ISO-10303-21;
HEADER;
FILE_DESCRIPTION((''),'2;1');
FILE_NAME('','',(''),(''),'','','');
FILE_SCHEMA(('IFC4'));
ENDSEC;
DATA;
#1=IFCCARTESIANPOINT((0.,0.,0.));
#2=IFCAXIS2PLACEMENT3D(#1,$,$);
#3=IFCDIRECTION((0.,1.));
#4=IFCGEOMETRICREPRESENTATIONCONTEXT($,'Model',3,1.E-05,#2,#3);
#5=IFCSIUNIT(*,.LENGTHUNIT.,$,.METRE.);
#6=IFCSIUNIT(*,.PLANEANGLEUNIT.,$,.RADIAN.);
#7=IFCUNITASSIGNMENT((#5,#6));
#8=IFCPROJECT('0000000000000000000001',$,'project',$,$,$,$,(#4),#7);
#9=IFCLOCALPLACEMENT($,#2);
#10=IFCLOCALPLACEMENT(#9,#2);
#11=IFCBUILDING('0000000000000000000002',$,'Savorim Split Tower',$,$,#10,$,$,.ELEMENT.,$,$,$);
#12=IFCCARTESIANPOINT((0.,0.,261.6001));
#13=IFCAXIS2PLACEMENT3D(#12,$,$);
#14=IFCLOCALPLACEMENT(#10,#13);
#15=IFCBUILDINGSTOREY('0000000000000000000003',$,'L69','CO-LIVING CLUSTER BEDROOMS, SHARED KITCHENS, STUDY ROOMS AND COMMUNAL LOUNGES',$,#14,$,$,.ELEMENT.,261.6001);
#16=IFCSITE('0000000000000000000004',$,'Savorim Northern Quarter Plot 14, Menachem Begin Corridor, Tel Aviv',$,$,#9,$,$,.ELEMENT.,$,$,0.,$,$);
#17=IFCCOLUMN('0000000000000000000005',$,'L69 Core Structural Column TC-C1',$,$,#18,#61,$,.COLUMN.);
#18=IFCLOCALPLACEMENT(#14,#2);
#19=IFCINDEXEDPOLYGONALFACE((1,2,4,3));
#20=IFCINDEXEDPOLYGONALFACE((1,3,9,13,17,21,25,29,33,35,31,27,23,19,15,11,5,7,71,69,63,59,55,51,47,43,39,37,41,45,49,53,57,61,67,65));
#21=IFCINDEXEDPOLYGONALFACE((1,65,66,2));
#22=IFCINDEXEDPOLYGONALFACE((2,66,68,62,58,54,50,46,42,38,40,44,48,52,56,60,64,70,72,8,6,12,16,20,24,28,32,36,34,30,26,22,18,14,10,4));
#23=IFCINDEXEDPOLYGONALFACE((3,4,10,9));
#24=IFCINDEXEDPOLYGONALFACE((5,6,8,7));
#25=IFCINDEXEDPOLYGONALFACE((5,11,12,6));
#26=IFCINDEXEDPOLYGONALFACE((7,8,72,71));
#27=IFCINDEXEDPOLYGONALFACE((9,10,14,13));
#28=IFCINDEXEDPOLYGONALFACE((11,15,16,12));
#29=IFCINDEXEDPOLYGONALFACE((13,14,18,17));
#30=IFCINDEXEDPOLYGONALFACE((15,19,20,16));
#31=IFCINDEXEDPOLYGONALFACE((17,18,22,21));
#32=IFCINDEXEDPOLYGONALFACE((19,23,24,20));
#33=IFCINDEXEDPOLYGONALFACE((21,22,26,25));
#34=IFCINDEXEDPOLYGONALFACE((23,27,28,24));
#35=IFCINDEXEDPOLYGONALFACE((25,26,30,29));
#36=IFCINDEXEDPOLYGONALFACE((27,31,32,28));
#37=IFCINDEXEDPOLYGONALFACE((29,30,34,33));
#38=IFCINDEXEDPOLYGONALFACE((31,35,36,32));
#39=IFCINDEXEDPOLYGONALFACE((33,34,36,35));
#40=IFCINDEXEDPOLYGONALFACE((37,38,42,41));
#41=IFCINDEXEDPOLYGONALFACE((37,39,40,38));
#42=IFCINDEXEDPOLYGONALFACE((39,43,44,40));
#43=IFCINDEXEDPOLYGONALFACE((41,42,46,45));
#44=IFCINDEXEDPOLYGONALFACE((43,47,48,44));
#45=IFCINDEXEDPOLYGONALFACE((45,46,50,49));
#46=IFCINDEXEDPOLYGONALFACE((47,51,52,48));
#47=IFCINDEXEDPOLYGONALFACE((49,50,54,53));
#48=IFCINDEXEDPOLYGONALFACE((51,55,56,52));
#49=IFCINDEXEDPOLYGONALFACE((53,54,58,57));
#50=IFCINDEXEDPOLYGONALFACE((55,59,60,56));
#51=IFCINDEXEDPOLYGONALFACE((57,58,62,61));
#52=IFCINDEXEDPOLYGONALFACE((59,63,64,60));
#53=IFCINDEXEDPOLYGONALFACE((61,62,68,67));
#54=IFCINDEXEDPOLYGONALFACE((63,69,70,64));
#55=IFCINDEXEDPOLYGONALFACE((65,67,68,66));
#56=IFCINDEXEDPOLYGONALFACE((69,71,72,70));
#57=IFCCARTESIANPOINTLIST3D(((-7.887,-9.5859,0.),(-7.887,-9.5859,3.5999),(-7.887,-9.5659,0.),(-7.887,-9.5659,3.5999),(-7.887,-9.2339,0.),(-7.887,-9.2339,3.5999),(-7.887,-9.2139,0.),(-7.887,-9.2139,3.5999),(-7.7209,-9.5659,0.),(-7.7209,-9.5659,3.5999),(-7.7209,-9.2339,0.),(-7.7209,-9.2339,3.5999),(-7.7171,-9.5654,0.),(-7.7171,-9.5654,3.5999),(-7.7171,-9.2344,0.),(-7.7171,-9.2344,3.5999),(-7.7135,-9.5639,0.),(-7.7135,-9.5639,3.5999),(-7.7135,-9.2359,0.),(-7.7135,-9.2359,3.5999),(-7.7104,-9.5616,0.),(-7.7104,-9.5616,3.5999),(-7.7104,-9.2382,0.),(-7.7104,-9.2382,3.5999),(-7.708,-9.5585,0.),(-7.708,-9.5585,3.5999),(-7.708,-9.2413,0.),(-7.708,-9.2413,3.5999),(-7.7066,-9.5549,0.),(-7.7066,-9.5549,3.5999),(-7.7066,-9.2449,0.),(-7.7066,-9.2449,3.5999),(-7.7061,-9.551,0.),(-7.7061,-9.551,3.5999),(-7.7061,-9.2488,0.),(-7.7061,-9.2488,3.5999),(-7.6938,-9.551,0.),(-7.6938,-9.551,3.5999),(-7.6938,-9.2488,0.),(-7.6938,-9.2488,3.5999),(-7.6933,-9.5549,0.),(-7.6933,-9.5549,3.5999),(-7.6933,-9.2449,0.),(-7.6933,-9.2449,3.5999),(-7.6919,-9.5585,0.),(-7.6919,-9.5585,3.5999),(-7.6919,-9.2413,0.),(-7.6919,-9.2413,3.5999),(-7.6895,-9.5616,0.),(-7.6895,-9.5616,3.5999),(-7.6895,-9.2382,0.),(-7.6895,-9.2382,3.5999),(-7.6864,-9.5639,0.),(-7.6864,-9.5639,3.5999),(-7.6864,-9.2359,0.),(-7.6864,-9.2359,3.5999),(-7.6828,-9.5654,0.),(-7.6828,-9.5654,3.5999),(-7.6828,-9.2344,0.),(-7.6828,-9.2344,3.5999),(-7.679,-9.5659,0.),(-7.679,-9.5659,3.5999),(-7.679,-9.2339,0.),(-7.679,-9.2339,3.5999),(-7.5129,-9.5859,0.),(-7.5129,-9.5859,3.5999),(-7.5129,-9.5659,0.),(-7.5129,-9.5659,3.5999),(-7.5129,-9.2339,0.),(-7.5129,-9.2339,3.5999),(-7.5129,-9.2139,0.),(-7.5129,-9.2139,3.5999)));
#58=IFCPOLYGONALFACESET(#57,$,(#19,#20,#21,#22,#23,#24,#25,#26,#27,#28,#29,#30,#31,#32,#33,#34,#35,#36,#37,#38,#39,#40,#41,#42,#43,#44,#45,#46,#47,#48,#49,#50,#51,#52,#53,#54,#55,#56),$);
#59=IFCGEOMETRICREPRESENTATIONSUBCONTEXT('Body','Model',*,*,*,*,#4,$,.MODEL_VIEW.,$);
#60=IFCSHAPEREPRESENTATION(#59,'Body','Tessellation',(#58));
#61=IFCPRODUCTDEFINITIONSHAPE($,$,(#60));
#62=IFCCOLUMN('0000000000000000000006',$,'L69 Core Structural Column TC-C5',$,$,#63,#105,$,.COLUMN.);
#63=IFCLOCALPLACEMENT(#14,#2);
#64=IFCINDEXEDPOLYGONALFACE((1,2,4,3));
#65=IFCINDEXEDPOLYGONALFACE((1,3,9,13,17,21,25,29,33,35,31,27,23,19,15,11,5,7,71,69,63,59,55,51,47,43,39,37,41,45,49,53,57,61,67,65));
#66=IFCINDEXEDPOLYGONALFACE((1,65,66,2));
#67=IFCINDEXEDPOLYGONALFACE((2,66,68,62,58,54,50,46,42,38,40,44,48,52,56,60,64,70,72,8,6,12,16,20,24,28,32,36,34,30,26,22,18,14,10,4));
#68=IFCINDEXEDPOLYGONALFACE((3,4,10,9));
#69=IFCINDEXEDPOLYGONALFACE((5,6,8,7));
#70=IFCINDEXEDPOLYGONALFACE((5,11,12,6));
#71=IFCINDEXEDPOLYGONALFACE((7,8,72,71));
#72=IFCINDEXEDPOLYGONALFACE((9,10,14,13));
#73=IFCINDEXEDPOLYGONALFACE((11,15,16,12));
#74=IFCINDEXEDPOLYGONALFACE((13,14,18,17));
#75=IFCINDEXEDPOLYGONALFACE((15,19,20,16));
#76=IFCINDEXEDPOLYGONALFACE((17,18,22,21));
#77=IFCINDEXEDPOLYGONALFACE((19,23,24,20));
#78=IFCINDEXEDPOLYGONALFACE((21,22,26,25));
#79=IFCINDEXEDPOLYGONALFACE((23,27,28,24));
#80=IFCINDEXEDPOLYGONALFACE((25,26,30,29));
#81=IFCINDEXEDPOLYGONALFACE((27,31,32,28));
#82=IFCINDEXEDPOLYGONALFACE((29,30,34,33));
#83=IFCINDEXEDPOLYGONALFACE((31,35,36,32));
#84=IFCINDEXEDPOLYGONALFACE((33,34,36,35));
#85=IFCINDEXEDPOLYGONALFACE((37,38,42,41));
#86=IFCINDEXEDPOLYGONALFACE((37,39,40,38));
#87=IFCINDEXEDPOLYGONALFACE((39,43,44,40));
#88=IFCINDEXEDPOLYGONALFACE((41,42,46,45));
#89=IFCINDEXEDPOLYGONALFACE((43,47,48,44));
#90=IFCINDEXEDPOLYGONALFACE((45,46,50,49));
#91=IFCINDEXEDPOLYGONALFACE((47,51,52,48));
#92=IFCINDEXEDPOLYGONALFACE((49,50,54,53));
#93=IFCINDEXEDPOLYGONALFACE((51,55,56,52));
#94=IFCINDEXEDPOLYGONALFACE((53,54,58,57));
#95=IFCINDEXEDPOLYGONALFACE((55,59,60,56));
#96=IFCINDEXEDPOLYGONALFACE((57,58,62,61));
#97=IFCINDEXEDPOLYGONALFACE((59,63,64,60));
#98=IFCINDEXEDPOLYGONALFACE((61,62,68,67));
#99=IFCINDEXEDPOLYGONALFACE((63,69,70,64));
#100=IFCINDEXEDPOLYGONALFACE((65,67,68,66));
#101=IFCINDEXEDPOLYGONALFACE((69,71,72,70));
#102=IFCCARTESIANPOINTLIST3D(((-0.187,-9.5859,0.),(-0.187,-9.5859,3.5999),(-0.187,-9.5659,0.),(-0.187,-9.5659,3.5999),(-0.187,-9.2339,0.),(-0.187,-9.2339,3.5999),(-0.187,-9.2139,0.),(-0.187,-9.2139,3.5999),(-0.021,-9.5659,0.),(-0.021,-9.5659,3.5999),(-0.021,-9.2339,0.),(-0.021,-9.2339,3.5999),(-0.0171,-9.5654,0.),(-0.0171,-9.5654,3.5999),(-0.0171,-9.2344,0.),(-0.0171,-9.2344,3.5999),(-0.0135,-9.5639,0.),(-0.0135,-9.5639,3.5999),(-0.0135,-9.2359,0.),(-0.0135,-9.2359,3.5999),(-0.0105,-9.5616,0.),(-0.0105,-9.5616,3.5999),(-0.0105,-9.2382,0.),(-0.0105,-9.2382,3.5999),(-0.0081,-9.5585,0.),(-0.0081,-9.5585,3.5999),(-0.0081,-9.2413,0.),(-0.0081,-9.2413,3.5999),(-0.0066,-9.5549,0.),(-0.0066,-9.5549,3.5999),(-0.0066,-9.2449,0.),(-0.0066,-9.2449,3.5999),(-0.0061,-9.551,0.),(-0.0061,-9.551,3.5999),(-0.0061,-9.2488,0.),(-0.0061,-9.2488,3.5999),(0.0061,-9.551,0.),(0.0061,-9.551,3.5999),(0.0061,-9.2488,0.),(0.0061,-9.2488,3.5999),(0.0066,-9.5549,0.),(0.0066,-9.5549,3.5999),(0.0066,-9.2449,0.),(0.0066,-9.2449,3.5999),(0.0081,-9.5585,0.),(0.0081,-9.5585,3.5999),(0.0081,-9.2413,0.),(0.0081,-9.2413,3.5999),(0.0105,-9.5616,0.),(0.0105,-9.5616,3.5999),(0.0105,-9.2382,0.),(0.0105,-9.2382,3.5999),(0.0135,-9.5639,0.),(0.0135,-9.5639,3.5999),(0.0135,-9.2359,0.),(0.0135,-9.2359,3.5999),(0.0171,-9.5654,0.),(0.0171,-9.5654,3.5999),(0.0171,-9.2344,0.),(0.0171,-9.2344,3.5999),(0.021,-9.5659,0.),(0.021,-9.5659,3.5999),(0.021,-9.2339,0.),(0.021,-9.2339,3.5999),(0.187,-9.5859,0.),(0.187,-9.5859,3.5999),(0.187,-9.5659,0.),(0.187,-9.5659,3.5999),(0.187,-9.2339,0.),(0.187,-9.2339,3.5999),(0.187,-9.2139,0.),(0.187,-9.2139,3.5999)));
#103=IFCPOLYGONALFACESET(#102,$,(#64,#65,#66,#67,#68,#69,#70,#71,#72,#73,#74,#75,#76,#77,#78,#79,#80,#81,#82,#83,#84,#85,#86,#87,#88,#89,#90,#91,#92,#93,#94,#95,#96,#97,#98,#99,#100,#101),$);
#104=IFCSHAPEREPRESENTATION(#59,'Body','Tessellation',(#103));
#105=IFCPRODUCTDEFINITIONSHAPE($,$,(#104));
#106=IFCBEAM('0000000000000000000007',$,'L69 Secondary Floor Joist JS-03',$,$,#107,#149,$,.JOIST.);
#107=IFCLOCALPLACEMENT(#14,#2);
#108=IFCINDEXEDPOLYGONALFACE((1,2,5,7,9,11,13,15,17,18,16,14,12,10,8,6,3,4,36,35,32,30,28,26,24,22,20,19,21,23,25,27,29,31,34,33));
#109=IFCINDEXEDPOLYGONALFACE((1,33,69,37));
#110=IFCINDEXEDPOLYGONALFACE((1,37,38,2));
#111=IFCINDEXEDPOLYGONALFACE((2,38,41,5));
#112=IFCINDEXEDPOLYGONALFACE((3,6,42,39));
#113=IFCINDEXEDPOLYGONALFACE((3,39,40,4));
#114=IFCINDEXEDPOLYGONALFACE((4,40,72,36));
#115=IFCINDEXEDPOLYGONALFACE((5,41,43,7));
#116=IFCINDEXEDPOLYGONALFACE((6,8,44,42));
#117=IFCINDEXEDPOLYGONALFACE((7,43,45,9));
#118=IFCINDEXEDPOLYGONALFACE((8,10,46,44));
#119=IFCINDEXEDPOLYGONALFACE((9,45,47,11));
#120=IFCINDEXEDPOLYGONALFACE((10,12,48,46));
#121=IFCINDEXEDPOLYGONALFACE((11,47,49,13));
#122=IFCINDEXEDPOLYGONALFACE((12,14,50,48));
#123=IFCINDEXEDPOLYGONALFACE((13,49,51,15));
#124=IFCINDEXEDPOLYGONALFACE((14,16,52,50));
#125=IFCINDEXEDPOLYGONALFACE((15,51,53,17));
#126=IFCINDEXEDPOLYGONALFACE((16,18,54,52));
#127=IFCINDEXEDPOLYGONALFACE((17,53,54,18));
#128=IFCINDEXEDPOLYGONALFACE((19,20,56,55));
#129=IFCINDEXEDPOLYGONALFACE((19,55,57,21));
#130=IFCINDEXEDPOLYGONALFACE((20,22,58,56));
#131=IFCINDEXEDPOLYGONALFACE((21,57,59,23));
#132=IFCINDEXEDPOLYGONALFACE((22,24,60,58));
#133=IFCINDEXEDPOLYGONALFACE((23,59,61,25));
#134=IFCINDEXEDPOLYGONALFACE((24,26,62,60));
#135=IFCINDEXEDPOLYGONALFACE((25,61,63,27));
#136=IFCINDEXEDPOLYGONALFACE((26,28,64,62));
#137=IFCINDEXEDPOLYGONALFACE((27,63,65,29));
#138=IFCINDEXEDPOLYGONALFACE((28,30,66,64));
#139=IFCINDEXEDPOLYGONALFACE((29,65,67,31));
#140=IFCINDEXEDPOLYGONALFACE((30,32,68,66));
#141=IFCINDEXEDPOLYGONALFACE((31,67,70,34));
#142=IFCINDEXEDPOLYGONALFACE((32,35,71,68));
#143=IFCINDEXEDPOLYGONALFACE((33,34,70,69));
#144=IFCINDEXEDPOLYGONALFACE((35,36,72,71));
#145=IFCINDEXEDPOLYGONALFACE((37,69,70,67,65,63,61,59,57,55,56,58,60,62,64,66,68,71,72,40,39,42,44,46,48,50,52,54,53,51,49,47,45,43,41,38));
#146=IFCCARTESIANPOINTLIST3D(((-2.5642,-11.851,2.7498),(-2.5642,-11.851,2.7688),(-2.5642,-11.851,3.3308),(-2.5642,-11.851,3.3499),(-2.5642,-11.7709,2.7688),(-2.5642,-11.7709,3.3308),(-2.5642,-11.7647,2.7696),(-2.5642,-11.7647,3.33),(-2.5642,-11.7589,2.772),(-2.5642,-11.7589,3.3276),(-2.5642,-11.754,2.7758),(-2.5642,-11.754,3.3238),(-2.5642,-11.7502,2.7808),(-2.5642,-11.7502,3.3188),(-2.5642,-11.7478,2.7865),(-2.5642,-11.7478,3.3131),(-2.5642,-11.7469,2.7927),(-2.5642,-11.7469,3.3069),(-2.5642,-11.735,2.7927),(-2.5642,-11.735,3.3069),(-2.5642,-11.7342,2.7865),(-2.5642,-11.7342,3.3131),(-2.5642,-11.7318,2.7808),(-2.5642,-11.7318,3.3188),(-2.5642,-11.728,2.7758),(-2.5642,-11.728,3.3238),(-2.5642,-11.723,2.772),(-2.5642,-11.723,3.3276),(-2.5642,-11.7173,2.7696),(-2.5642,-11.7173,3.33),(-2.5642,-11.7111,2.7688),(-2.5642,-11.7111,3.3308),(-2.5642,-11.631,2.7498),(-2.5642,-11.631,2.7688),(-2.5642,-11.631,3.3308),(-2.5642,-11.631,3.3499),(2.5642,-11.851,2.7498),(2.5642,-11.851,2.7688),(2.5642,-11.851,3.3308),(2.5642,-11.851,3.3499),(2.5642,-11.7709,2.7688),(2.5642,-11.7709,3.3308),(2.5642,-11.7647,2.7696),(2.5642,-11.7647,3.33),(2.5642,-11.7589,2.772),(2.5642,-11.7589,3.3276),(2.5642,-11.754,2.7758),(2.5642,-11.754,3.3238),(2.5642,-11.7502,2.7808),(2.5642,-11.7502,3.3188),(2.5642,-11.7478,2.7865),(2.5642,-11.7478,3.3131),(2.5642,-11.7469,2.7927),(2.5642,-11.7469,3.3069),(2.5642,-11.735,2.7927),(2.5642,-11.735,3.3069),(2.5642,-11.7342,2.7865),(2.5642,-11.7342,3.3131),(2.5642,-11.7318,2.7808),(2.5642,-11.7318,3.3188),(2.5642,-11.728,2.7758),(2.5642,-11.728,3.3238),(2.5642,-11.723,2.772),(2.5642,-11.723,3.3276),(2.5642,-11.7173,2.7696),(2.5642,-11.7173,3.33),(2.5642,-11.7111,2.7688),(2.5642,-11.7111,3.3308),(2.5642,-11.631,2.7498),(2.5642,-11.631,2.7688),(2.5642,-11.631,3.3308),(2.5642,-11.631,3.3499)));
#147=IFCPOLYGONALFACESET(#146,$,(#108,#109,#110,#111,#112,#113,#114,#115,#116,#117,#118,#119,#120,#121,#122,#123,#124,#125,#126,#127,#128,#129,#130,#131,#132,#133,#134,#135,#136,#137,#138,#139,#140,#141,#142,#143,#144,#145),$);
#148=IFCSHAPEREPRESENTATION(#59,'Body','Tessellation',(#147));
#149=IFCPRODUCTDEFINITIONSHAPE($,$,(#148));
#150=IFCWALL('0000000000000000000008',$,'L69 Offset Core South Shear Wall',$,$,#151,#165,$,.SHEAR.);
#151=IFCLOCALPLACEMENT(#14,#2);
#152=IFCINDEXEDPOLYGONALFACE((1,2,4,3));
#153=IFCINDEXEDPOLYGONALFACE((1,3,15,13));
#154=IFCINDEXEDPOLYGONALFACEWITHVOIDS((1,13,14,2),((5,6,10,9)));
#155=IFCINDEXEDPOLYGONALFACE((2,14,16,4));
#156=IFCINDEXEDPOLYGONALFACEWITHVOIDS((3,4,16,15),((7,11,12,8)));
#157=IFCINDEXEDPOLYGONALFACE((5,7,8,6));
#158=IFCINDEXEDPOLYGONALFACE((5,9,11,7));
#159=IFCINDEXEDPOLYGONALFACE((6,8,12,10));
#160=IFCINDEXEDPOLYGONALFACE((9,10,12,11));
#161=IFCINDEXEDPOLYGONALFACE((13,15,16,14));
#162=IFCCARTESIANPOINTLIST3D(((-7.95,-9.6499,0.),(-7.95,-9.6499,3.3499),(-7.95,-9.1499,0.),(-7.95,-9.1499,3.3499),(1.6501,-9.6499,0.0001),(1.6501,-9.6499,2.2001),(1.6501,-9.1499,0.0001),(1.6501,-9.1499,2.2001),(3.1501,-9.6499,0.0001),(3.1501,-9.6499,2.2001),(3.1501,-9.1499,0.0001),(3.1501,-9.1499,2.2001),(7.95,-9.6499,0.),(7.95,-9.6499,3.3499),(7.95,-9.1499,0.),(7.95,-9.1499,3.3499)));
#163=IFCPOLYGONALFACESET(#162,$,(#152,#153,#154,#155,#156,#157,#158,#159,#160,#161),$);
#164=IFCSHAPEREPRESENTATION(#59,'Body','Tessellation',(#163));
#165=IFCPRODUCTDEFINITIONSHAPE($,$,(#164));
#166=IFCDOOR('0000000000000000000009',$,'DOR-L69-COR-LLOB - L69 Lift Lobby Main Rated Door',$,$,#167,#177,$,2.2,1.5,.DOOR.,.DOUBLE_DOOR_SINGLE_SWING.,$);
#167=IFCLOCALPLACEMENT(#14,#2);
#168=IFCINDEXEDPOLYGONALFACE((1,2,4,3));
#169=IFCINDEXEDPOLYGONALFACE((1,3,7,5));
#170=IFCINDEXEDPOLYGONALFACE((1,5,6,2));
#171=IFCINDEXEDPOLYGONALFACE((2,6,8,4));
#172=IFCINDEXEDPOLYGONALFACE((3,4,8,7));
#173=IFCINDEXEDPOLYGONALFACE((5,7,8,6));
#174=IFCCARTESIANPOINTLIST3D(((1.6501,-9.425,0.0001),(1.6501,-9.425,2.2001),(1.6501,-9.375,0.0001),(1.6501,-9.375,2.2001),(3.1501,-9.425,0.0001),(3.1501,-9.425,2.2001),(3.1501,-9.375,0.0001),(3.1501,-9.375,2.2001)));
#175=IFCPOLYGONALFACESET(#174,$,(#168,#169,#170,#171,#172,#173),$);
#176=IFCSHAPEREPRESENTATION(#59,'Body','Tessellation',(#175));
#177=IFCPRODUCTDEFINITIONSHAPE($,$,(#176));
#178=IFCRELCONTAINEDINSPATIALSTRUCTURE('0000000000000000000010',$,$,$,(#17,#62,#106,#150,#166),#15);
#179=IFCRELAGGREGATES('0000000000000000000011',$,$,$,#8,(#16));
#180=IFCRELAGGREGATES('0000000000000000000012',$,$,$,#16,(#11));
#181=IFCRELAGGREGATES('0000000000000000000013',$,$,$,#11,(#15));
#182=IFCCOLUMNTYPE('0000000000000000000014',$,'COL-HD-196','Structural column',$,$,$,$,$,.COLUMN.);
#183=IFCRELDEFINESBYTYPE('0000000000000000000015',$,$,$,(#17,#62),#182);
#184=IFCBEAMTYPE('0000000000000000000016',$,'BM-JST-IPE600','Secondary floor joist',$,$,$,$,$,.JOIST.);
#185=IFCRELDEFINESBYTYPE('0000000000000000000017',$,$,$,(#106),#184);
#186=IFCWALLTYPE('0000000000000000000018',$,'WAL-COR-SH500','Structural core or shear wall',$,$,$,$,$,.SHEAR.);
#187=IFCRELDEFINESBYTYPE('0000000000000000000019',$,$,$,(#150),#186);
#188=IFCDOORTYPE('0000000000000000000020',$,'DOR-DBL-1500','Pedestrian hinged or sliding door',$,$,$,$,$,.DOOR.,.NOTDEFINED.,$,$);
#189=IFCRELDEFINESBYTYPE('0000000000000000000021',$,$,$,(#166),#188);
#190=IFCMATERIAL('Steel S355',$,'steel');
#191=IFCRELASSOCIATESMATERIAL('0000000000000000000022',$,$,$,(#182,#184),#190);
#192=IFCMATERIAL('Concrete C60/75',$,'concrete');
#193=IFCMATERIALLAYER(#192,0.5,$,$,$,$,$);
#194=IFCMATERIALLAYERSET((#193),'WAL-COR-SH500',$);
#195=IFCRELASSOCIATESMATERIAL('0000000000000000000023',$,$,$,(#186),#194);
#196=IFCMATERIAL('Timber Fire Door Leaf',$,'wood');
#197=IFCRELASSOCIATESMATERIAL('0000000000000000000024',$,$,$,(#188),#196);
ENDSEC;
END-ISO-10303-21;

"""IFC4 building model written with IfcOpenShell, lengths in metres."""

from ifc_helpers import new_model, si_unit, direction, frame, frame_2d, origin, origin_2d, place, context, subcontext, project, spatial, rectangle, i_section, extrude, material, layer, layer_set, material_profile, profile_set, type_object, element, fill, save


model = new_model("IFC4")

# Units and contexts
model_context = context("Model", 3, precision=1e-05, world=origin(), true_north=direction((0.0, 1.0)))
body_context = subcontext(model_context, "Body", "Model", "MODEL_VIEW")
ifc_project = project(units=[si_unit("LENGTHUNIT", "METRE"), si_unit("PLANEANGLEUNIT", "RADIAN")], contexts=[model_context])

# Site, building, storey
site_placement = place(None, origin())
site = spatial("IfcSite", under=ifc_project, at=site_placement, Name="Savorim Northern Quarter Plot 14, Menachem Begin Corridor, Tel Aviv", CompositionType="ELEMENT", RefElevation=0.0)
building_placement = place(site_placement, origin())
building = spatial("IfcBuilding", under=site, at=building_placement, Name="Savorim Split Tower", CompositionType="ELEMENT")
storey_placement = place(building_placement, frame((0.0, 0.0, 261.6001)))
storey = spatial("IfcBuildingStorey", under=building, at=storey_placement, Name="L69", Description="CO-LIVING CLUSTER BEDROOMS, SHARED KITCHENS, STUDY ROOMS AND COMMUNAL LOUNGES", CompositionType="ELEMENT", Elevation=261.6001)

# Columns
ifc_material_1 = material(Name="Steel S355", Category="steel")
ifc_material_profile_1 = material_profile(ifc_material_1, i_section(OverallWidth=0.374, OverallDepth=0.3721, WebThickness=0.0122, FlangeThickness=0.02, FilletRadius=0.0149, at=origin_2d()), Name="HD 360x196")
ifc_profile_set_1 = profile_set([ifc_material_profile_1], Name="Steel S355")
column_type = type_object("IfcColumnType", Name="COL-HD-196", Description="Structural column", PredefinedType="COLUMN", material=ifc_profile_set_1)
for number, where, z_axis, x_axis, name in (
    (1, (-7.7, -9.3999, 0.0), (0.0, 0.0, 1.0), (1.0, 0.0, 0.0), "L69 Core Structural Column TC-C1"),
    (2, (0.0, -9.3999, 0.0), (0.0, 0.0, 1.0), (1.0, 0.0, 0.0), "L69 Core Structural Column TC-C5"),
):
    element("IfcColumn", number, at=place(storey_placement, frame(where, z_axis=z_axis, x_axis=x_axis)), inside=storey, type_object=column_type, Name=name, PredefinedType="COLUMN", context=body_context, shape_type="SweptSolid", body=[
        extrude(i_section(OverallWidth=0.374, OverallDepth=0.3721, WebThickness=0.0122, FlangeThickness=0.02, FilletRadius=0.0149, at=origin_2d()), origin(), (0.0, 0.0, 1.0), 3.5999),
    ])

# Beam
ifc_material_profile_2 = material_profile(ifc_material_1, i_section(OverallWidth=0.22, OverallDepth=0.6001, WebThickness=0.012, FlangeThickness=0.019, FilletRadius=0.0239, at=origin_2d()), Name="IPE 600")
ifc_profile_set_2 = profile_set([ifc_material_profile_2], Name="Steel S355")
beam_type = type_object("IfcBeamType", Name="BM-JST-IPE600", Description="Secondary floor joist", PredefinedType="JOIST", material=ifc_profile_set_2)
beam_placement = place(storey_placement, frame((-2.5642, -11.741, 3.0498), z_axis=(1.0, 0.0, 0.0), x_axis=(0.0, 1.0, 0.0)))
element("IfcBeam", 3, at=beam_placement, inside=storey, type_object=beam_type, Name="L69 Secondary Floor Joist JS-03", PredefinedType="JOIST", context=body_context, shape_type="SweptSolid", body=[
    extrude(i_section(OverallWidth=0.22, OverallDepth=0.6001, WebThickness=0.012, FlangeThickness=0.019, FilletRadius=0.0239, at=origin_2d()), origin(), (0.0, 0.0, 1.0), 5.1284),
])

# Wall, opening, door
ifc_material_2 = material(Name="Concrete C60/75", Category="concrete")
ifc_layer_1 = layer(ifc_material_2, 0.5)
ifc_layer_set_1 = layer_set([ifc_layer_1], Name="WAL-COR-SH500")
wall_type_1 = type_object("IfcWallType", Name="WAL-COR-SH500", Description="Structural core or shear wall", PredefinedType="SHEAR", material=ifc_layer_set_1)
wall_1_placement = place(storey_placement, frame((-7.95, -9.3999, 0.0), z_axis=(0.0, 0.0, 1.0), x_axis=(1.0, 0.0, 0.0)))
wall_1 = element("IfcWall", 4, at=wall_1_placement, inside=storey, type_object=wall_type_1, Name="L69 Offset Core South Shear Wall", PredefinedType="SHEAR", context=body_context, shape_type="SweptSolid", body=[
    extrude(rectangle(XDim=15.8999, YDim=0.5, at=frame_2d((7.95, 0.0))), origin(), (0.0, 0.0, 1.0), 3.3499),
])
opening_1_placement = place(wall_1_placement, frame((9.6001, 0.0, 0.0)))
opening_1 = element("IfcOpeningElement", 5, at=opening_1_placement, cuts=wall_1, PredefinedType="OPENING", context=body_context, shape_type="SweptSolid", body=[
    extrude(rectangle(XDim=1.5, YDim=2.2, at=frame_2d((0.75, 1.1001))), frame((0.0, 0.26, 0.0), z_axis=(0.0, -1.0, 0.0), x_axis=(1.0, 0.0, 0.0)), (0.0, 0.0, 1.0), 0.52),
])
ifc_material_3 = material(Name="Timber Fire Door Leaf", Category="wood")
door_type_1 = type_object("IfcDoorType", Name="DOR-DBL-1500", Description="Pedestrian hinged or sliding door", OperationType="NOTDEFINED", PredefinedType="DOOR", material=ifc_material_3)
door_1_placement = place(opening_1_placement, origin())
door_1 = element("IfcDoor", 6, at=door_1_placement, inside=storey, type_object=door_type_1, Name="DOR-L69-COR-LLOB - L69 Lift Lobby Main Rated Door", OperationType="DOUBLE_DOOR_SINGLE_SWING", OverallHeight=2.2, OverallWidth=1.5, PredefinedType="DOOR", context=body_context, shape_type="SweptSolid", body=[
    extrude(rectangle(XDim=1.5, YDim=2.2, at=frame_2d((0.75, 1.1001))), frame((0.0, 0.0249, 0.0), z_axis=(0.0, -1.0, 0.0), x_axis=(1.0, 0.0, 0.0)), (0.0, 0.0, 1.0), 0.05),
])
fill(opening_1, door_1)

save(model, "model.ifc")
